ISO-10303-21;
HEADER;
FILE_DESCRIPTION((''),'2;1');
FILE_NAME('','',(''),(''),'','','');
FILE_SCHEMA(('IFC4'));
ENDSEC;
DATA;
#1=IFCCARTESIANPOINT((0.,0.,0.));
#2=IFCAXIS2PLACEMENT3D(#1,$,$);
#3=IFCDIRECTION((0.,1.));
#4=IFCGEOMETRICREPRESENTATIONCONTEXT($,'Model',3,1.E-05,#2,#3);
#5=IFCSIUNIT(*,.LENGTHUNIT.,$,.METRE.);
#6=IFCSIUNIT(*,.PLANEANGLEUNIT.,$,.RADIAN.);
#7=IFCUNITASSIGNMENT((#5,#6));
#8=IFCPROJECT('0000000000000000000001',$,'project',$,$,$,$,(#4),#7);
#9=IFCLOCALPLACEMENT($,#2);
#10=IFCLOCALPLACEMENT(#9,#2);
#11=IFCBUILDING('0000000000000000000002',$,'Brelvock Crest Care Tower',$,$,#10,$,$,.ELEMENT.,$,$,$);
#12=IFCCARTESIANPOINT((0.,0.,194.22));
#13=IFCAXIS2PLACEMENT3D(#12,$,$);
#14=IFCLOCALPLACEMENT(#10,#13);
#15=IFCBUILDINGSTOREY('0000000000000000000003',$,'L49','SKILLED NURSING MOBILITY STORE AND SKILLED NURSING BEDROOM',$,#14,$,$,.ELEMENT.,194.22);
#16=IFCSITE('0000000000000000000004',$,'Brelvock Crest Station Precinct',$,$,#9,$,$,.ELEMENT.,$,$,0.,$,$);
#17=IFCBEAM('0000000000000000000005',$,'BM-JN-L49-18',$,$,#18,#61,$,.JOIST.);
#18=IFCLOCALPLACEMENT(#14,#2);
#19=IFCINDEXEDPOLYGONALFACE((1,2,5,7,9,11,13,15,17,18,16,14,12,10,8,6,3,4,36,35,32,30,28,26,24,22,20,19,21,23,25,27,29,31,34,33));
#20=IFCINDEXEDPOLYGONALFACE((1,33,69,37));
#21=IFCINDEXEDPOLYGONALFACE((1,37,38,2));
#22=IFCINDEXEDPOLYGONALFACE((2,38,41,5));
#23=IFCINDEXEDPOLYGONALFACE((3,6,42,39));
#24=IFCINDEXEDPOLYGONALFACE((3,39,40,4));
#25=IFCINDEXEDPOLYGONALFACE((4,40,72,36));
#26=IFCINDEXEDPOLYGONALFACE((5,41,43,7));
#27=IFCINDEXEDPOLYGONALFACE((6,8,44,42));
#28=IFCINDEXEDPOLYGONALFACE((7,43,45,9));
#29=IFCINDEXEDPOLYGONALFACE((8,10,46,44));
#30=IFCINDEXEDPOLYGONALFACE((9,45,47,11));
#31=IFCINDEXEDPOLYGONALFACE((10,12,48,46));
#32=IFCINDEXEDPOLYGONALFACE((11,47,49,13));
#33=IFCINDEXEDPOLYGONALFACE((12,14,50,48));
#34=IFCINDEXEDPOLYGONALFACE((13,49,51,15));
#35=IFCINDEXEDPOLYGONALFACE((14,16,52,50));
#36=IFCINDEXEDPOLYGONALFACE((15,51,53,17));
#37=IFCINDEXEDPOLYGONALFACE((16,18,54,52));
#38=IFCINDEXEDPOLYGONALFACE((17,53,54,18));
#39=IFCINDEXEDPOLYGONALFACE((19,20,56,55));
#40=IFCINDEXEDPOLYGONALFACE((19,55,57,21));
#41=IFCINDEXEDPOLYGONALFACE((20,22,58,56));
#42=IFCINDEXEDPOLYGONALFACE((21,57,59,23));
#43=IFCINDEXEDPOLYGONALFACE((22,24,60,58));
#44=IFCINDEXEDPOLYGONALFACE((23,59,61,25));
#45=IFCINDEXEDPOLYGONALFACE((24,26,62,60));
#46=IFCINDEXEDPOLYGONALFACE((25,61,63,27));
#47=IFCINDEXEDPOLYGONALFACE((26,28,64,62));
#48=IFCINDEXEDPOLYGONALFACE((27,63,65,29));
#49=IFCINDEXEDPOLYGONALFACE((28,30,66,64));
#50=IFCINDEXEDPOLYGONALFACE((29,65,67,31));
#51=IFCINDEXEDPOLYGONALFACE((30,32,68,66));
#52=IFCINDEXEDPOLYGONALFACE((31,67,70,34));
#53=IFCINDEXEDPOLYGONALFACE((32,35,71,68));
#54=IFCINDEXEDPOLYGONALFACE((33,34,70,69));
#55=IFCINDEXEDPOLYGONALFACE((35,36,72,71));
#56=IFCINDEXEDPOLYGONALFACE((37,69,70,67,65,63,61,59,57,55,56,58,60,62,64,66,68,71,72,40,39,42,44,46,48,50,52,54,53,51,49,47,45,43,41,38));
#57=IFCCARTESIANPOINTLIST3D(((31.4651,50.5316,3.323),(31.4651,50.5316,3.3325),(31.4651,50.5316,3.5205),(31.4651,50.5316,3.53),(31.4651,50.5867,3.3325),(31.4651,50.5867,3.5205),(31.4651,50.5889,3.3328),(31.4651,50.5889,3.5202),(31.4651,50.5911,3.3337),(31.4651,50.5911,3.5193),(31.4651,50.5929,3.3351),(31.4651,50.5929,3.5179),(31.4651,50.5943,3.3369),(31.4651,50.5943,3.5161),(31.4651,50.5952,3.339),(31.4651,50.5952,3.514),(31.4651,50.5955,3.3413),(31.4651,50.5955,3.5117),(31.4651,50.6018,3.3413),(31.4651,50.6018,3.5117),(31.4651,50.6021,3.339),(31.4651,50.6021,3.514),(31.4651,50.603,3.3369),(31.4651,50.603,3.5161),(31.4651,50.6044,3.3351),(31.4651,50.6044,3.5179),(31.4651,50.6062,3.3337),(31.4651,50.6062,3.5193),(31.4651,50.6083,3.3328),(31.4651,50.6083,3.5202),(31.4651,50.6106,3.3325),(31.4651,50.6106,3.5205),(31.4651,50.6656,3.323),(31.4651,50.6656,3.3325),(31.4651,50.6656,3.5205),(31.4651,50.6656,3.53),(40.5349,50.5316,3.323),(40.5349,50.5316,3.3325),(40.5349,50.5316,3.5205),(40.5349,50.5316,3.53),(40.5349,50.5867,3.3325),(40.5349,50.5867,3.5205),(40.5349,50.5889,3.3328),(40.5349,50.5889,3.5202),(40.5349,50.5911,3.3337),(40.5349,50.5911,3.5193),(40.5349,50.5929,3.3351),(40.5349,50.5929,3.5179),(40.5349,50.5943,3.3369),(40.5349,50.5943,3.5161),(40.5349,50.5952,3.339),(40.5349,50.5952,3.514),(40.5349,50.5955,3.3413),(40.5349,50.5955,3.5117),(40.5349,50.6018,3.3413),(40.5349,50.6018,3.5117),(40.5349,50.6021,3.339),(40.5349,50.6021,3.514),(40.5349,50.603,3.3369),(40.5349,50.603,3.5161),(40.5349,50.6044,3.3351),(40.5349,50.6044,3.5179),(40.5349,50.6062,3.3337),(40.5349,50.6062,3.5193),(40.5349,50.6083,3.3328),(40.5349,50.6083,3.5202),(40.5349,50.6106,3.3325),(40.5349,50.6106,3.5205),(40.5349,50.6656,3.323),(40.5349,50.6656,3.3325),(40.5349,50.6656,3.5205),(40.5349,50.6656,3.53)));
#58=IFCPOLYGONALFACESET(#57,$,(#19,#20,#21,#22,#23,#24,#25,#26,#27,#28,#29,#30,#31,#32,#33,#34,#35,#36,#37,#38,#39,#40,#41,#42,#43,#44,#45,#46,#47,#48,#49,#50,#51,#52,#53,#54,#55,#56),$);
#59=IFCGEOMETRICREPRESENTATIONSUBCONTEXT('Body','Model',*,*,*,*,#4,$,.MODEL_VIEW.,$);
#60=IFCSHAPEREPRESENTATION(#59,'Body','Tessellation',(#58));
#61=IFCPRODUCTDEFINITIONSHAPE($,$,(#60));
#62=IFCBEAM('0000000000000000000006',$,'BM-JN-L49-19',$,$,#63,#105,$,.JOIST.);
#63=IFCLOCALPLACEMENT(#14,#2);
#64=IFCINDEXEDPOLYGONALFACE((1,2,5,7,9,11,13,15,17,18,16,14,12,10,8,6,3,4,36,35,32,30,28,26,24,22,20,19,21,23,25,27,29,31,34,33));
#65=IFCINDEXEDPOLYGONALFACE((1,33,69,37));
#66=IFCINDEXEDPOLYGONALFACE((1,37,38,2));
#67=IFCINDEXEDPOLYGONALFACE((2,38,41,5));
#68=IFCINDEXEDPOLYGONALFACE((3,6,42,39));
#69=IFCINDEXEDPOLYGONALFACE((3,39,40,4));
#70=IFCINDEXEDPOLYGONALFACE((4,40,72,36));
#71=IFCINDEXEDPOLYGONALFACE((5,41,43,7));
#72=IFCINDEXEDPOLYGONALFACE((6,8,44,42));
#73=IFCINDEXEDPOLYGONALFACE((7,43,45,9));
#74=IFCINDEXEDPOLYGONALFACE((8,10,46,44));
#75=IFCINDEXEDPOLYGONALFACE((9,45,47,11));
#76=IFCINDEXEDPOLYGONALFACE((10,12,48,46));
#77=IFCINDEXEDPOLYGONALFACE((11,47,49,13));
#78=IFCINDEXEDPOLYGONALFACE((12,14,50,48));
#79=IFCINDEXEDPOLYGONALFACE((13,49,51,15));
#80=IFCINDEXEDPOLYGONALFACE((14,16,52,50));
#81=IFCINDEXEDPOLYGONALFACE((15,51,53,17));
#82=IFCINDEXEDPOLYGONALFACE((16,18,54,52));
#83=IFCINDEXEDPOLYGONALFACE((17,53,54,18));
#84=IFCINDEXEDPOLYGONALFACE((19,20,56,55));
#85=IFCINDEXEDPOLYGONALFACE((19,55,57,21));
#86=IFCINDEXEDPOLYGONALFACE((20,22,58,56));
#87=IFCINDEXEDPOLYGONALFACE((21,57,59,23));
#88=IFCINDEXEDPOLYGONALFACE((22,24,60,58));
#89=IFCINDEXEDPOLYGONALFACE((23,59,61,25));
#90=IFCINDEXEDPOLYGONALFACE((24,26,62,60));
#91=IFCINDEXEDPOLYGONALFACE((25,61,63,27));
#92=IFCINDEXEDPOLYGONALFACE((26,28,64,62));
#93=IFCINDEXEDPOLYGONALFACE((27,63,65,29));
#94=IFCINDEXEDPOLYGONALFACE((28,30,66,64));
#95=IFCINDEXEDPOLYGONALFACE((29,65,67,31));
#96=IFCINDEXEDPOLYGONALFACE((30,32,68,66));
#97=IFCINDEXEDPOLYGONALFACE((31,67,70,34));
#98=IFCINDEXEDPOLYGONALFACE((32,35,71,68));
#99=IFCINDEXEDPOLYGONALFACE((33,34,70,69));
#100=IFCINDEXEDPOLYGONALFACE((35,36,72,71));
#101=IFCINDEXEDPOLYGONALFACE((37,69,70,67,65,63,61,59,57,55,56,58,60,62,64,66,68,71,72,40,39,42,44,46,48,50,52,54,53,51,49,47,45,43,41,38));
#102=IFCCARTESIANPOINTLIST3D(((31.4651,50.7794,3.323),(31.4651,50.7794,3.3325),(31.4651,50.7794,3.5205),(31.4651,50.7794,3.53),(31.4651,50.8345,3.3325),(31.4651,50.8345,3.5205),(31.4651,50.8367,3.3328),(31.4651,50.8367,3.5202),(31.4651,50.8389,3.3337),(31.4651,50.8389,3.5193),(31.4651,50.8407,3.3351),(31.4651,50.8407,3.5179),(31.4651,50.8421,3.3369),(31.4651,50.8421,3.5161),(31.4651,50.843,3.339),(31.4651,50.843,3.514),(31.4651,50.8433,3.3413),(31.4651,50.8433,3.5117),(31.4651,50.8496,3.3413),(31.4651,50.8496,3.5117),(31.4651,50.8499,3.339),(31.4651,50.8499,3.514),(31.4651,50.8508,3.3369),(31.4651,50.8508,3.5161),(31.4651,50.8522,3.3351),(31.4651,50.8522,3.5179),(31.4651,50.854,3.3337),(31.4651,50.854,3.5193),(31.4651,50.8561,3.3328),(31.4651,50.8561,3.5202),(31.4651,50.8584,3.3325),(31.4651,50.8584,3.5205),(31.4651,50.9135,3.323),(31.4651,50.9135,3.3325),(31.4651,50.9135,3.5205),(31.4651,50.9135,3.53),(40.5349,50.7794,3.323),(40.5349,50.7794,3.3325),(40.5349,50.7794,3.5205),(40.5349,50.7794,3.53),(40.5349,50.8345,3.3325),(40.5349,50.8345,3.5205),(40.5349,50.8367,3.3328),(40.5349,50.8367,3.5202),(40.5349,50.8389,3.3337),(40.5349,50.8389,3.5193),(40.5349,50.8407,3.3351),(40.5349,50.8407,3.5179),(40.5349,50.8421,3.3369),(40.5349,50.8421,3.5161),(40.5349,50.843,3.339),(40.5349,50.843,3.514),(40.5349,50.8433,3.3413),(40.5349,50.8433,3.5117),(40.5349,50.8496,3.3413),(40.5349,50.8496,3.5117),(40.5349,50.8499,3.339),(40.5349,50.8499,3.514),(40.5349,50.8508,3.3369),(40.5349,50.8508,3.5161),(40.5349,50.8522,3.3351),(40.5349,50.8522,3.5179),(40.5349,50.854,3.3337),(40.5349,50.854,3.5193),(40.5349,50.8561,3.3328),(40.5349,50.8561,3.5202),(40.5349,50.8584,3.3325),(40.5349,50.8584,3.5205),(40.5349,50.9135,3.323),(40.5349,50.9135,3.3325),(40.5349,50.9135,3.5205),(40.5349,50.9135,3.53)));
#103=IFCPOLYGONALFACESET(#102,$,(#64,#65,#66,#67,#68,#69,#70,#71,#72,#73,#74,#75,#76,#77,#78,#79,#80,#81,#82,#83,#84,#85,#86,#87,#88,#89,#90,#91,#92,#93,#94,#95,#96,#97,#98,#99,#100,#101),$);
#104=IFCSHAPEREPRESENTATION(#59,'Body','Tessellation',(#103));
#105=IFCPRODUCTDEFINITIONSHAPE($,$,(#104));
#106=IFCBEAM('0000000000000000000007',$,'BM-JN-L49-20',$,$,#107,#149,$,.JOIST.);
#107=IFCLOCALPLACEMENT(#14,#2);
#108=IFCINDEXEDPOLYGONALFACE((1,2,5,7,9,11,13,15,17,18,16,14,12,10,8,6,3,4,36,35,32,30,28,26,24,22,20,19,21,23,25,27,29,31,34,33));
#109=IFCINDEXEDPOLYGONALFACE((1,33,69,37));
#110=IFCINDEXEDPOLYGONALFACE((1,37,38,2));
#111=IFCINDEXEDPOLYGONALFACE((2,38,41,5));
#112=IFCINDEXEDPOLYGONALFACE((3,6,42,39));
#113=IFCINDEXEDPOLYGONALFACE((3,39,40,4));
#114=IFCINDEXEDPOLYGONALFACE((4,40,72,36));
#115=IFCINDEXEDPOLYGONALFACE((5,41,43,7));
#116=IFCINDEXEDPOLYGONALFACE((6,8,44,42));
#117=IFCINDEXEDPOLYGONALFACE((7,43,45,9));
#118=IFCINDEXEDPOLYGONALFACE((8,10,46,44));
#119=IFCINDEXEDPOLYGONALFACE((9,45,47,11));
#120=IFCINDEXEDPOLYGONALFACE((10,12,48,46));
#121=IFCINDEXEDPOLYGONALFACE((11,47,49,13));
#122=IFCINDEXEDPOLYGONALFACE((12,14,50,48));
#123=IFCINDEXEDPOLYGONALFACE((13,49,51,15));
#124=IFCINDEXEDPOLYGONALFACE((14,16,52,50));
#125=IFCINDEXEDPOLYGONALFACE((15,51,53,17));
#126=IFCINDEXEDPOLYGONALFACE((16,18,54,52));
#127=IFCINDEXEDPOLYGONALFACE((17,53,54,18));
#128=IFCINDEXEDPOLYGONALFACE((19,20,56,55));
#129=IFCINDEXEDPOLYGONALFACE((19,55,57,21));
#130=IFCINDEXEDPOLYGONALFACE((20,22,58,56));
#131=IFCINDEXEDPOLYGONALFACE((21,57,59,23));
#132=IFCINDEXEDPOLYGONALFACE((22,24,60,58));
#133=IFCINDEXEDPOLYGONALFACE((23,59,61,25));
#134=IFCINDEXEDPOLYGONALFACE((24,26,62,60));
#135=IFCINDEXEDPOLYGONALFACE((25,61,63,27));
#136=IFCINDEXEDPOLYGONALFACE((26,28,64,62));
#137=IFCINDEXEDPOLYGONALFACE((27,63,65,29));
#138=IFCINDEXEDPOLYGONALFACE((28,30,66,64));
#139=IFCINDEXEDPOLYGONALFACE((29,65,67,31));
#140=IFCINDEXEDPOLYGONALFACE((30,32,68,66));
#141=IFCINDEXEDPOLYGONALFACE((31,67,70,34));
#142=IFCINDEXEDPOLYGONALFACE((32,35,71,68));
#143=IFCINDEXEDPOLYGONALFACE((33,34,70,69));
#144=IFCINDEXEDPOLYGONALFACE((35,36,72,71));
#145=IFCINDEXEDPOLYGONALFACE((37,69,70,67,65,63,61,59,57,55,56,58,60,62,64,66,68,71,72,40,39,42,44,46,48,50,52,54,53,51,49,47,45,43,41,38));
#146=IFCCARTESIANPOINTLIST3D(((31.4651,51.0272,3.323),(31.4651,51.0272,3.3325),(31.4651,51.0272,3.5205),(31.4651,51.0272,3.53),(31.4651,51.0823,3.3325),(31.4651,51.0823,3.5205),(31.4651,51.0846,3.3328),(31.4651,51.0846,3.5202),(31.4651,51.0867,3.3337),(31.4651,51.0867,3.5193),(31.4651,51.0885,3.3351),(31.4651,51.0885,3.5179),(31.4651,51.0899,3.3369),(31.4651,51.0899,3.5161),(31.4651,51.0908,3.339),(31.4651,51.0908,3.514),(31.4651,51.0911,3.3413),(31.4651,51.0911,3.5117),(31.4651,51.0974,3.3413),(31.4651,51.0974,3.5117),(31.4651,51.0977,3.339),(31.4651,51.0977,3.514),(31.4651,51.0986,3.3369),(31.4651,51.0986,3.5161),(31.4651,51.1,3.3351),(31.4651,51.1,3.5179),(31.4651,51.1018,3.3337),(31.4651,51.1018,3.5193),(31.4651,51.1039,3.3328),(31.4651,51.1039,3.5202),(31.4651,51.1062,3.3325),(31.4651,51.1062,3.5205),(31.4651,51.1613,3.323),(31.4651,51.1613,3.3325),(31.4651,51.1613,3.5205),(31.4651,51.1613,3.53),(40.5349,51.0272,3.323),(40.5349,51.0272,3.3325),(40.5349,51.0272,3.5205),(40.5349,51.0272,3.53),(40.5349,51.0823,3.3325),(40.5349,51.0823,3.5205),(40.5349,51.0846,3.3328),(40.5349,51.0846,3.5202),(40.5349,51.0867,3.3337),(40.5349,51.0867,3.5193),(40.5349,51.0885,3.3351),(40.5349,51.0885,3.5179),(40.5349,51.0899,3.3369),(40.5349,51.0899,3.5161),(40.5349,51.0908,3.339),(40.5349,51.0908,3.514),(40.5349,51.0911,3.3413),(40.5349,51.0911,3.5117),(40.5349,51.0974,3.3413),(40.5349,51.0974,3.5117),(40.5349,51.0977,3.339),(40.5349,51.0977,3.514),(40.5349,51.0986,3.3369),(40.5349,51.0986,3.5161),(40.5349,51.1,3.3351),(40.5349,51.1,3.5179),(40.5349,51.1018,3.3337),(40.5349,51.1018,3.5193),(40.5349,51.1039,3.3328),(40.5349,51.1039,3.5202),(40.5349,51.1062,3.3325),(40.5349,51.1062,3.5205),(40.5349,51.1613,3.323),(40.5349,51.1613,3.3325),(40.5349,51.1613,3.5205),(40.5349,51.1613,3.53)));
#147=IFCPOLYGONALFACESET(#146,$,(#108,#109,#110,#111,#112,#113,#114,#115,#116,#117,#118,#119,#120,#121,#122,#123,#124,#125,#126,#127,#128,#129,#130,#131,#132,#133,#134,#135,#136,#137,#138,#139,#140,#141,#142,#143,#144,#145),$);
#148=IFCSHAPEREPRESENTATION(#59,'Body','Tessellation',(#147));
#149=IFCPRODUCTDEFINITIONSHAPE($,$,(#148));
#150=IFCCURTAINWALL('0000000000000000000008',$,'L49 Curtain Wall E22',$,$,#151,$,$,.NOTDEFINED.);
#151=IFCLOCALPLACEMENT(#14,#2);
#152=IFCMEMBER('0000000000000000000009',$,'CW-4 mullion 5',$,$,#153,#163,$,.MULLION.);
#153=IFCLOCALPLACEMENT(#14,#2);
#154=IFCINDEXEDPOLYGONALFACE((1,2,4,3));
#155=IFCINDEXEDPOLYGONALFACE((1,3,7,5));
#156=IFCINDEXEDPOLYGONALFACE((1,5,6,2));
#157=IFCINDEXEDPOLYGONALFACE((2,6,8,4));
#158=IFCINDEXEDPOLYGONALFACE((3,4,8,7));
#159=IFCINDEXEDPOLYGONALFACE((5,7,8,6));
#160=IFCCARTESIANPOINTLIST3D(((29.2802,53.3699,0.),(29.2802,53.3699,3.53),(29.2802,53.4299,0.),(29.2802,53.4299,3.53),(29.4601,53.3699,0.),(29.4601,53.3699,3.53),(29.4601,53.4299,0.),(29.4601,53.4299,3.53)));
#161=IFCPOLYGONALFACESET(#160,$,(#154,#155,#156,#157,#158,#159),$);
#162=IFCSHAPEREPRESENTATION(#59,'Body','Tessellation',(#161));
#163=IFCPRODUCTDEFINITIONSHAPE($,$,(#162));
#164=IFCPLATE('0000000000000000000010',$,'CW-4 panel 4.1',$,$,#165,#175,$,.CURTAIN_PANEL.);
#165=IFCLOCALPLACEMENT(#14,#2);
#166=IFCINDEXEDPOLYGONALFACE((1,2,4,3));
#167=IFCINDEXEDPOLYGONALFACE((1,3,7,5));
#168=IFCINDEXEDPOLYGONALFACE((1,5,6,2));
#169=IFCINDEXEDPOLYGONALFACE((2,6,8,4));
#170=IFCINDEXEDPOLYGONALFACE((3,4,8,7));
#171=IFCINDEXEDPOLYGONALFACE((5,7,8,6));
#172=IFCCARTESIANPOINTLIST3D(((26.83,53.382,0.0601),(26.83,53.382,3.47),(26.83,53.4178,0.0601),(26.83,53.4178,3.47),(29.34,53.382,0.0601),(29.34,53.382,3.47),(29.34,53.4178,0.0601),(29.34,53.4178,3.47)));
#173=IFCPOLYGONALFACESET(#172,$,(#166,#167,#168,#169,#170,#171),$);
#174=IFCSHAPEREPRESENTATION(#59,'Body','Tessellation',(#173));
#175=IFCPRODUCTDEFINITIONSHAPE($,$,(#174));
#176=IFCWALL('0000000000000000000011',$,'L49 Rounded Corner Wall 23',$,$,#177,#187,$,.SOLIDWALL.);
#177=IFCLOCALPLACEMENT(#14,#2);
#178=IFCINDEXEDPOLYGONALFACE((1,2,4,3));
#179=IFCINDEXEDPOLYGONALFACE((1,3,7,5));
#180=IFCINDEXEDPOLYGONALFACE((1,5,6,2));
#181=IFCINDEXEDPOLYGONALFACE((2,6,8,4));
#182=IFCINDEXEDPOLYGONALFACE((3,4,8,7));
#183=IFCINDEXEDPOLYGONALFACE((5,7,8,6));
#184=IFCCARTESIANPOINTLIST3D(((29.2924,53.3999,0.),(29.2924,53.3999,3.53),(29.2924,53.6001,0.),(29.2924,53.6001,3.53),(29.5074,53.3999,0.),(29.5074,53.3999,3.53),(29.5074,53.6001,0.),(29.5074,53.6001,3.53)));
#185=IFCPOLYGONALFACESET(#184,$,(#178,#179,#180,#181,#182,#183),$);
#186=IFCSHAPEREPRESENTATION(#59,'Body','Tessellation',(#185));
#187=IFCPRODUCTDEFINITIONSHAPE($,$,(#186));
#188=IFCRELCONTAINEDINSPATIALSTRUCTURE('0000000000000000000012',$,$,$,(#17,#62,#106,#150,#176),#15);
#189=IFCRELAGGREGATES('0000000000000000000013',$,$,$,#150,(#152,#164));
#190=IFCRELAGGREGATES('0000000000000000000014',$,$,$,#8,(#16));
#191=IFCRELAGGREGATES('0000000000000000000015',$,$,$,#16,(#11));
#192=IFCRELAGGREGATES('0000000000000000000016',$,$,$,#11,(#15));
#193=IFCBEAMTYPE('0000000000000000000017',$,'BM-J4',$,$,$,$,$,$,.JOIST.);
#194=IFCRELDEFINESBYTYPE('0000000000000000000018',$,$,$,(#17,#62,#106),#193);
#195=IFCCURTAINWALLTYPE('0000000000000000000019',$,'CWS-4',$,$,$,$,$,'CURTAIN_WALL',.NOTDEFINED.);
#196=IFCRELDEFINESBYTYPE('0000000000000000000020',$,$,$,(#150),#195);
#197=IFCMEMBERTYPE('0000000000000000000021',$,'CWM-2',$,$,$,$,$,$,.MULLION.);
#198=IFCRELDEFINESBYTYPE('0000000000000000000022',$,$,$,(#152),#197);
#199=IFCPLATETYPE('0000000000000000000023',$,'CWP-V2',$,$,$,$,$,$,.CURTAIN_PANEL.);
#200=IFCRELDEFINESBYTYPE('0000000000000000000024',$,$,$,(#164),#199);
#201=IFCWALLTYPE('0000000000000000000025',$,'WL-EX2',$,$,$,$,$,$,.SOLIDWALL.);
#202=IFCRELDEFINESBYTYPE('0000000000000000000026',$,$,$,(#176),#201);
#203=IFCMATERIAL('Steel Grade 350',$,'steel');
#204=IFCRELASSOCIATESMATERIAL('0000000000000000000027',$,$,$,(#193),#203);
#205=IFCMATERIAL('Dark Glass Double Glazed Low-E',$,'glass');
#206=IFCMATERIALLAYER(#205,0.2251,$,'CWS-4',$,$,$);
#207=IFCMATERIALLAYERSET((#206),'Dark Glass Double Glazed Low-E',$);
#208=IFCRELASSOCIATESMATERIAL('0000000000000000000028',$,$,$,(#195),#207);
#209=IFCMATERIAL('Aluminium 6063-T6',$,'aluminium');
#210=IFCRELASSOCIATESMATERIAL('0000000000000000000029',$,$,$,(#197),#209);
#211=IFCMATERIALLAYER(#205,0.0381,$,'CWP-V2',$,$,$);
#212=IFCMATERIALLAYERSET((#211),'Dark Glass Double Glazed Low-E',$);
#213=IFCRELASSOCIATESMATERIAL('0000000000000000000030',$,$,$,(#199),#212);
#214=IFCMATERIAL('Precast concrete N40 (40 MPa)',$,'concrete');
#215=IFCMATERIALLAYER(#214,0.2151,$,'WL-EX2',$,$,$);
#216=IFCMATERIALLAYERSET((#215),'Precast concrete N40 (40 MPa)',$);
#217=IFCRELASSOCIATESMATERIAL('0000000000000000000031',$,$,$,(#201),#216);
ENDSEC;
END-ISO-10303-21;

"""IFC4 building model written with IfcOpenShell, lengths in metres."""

from ifc_helpers import new_model, si_unit, direction, frame, frame_2d, origin, origin_2d, place, context, subcontext, project, spatial, rectangle, i_section, extrude, source, transform, mapped, material, layer, layer_set, material_profile, profile_set, type_object, element, aggregate, save


model = new_model("IFC4")

# Units and contexts
model_context = context("Model", 3, precision=1e-05, world=origin(), true_north=direction((0.0, 1.0)))
body_context = subcontext(model_context, "Body", "Model", "MODEL_VIEW")
ifc_project = project(units=[si_unit("LENGTHUNIT", "METRE"), si_unit("PLANEANGLEUNIT", "RADIAN")], contexts=[model_context])

# Site, building, storey
site_placement = place(None, origin())
site = spatial("IfcSite", under=ifc_project, at=site_placement, Name="Brelvock Crest Station Precinct", CompositionType="ELEMENT", RefElevation=0.0)
building_placement = place(site_placement, origin())
building = spatial("IfcBuilding", under=site, at=building_placement, Name="Brelvock Crest Care Tower", CompositionType="ELEMENT")
storey_placement = place(building_placement, frame((0.0, 0.0, 194.22)))
storey = spatial("IfcBuildingStorey", under=building, at=storey_placement, Name="L49", Description="SKILLED NURSING MOBILITY STORE AND SKILLED NURSING BEDROOM", CompositionType="ELEMENT", Elevation=194.22)

# Shared definitions
ifc_material_1 = material(Name="Steel Grade 350", Category="steel")

# Beams
ifc_material_profile_1 = material_profile(ifc_material_1, i_section(OverallWidth=0.134, OverallDepth=0.207, WebThickness=0.0063, FlangeThickness=0.0095, FilletRadius=0.0088, at=origin_2d()), Name="200UB29.8")
ifc_profile_set_1 = profile_set([ifc_material_profile_1], Name="Steel Grade 350")
beam_type_1 = type_object("IfcBeamType", Name="BM-J4", PredefinedType="JOIST", material=ifc_profile_set_1)
shared_shape_1 = source(origin(), body_context, "Body", "SweptSolid", [
    extrude(i_section(OverallWidth=0.134, OverallDepth=0.207, WebThickness=0.0063, FlangeThickness=0.0095, FilletRadius=0.0088, at=origin_2d()), origin(), (0.0, 0.0, 1.0), 9.0698),
])
for number, where, z_axis, x_axis, name in (
    (1, (31.4651, 50.5986, 3.4265), (1.0, 0.0, 0.0), (0.0, 1.0, 0.0), "BM-JN-L49-18"),
    (2, (31.4651, 50.8464, 3.4265), (1.0, 0.0, 0.0), (0.0, 1.0, 0.0), "BM-JN-L49-19"),
    (3, (31.4651, 51.0942, 3.4265), (1.0, 0.0, 0.0), (0.0, 1.0, 0.0), "BM-JN-L49-20"),
):
    element("IfcBeam", number, at=place(storey_placement, frame(where, z_axis=z_axis, x_axis=x_axis)), inside=storey, type_object=beam_type_1, Name=name, PredefinedType="JOIST", context=body_context, shape_type="MappedRepresentation", body=[
        mapped(shared_shape_1, transform((0.0, 0.0, 0.0), x_axis=(1.0, 0.0, 0.0), y_axis=(0.0, 1.0, 0.0), z_axis=(0.0, 0.0, 1.0), scale=1.0)),
    ])

# Curtain wall, member, plate
ifc_material_2 = material(Name="Dark Glass Double Glazed Low-E", Category="glass")
ifc_layer_1 = layer(ifc_material_2, 0.2251, Name="CWS-4")
ifc_layer_set_1 = layer_set([ifc_layer_1], Name="Dark Glass Double Glazed Low-E")
curtain_wall_type = type_object("IfcCurtainWallType", Name="CWS-4", ElementType="CURTAIN_WALL", PredefinedType="NOTDEFINED", material=ifc_layer_set_1)
curtain_wall_placement = place(storey_placement, origin())
curtain_wall = element("IfcCurtainWall", 4, at=curtain_wall_placement, inside=storey, type_object=curtain_wall_type, Name="L49 Curtain Wall E22", PredefinedType="NOTDEFINED")
ifc_material_3 = material(Name="Aluminium 6063-T6", Category="aluminium")
ifc_material_profile_2 = material_profile(ifc_material_3, rectangle(XDim=0.0601, YDim=0.1799, at=origin_2d()), Name="ALU60x180")
ifc_profile_set_2 = profile_set([ifc_material_profile_2], Name="Aluminium 6063-T6")
member_type = type_object("IfcMemberType", Name="CWM-2", PredefinedType="MULLION", material=ifc_profile_set_2)
shared_shape_2 = source(origin(), body_context, "Body", "SweptSolid", [
    extrude(rectangle(XDim=0.0601, YDim=0.1799, at=origin_2d()), origin(), (0.0, 0.0, 1.0), 3.53),
])
member_placement = place(storey_placement, frame((29.3701, 53.3999, 0.0), z_axis=(0.0, 0.0, 1.0), x_axis=(0.0, 1.0, 0.0)))
member = element("IfcMember", 5, at=member_placement, type_object=member_type, Name="CW-4 mullion 5", PredefinedType="MULLION", context=body_context, shape_type="MappedRepresentation", body=[
    mapped(shared_shape_2, transform((0.0, 0.0, 0.0), x_axis=(1.0, 0.0, 0.0), y_axis=(0.0, 1.0, 0.0), z_axis=(0.0, 0.0, 1.0), scale=1.0)),
])
ifc_layer_2 = layer(ifc_material_2, 0.0381, Name="CWP-V2")
ifc_layer_set_2 = layer_set([ifc_layer_2], Name="Dark Glass Double Glazed Low-E")
plate_type = type_object("IfcPlateType", Name="CWP-V2", PredefinedType="CURTAIN_PANEL", material=ifc_layer_set_2)
shared_shape_3 = source(origin(), body_context, "Body", "SweptSolid", [
    extrude(rectangle(XDim=2.51, YDim=0.0359, at=origin_2d()), origin(), (0.0, 0.0, 1.0), 3.4099),
])
plate_placement = place(storey_placement, frame((28.085, 53.3999, 0.0601), z_axis=(0.0, 0.0, 1.0), x_axis=(1.0, 0.0, 0.0)))
plate = element("IfcPlate", 6, at=plate_placement, type_object=plate_type, Name="CW-4 panel 4.1", PredefinedType="CURTAIN_PANEL", context=body_context, shape_type="MappedRepresentation", body=[
    mapped(shared_shape_3, transform((0.0, 0.0, 0.0), x_axis=(1.0, 0.0, 0.0), y_axis=(0.0, 1.0, 0.0), z_axis=(0.0, 0.0, 1.0), scale=1.0)),
])
aggregate(curtain_wall, [member, plate])

# Wall
ifc_material_4 = material(Name="Precast concrete N40 (40 MPa)", Category="concrete")
ifc_layer_3 = layer(ifc_material_4, 0.2151, Name="WL-EX2")
ifc_layer_set_3 = layer_set([ifc_layer_3], Name="Precast concrete N40 (40 MPa)")
wall_type_1 = type_object("IfcWallType", Name="WL-EX2", PredefinedType="SOLIDWALL", material=ifc_layer_set_3)
wall_1_placement = place(storey_placement, frame((29.3999, 53.3999, 0.0), z_axis=(0.0, 0.0, 1.0), x_axis=(0.0, 1.0, 0.0)))
element("IfcWall", 7, at=wall_1_placement, inside=storey, type_object=wall_type_1, Name="L49 Rounded Corner Wall 23", PredefinedType="SOLIDWALL", context=body_context, shape_type="SweptSolid", body=[
    extrude(rectangle(XDim=0.2002, YDim=0.2151, at=frame_2d((0.1001, 0.0))), origin(), (0.0, 0.0, 1.0), 3.53),
])

save(model, "model.ifc")
